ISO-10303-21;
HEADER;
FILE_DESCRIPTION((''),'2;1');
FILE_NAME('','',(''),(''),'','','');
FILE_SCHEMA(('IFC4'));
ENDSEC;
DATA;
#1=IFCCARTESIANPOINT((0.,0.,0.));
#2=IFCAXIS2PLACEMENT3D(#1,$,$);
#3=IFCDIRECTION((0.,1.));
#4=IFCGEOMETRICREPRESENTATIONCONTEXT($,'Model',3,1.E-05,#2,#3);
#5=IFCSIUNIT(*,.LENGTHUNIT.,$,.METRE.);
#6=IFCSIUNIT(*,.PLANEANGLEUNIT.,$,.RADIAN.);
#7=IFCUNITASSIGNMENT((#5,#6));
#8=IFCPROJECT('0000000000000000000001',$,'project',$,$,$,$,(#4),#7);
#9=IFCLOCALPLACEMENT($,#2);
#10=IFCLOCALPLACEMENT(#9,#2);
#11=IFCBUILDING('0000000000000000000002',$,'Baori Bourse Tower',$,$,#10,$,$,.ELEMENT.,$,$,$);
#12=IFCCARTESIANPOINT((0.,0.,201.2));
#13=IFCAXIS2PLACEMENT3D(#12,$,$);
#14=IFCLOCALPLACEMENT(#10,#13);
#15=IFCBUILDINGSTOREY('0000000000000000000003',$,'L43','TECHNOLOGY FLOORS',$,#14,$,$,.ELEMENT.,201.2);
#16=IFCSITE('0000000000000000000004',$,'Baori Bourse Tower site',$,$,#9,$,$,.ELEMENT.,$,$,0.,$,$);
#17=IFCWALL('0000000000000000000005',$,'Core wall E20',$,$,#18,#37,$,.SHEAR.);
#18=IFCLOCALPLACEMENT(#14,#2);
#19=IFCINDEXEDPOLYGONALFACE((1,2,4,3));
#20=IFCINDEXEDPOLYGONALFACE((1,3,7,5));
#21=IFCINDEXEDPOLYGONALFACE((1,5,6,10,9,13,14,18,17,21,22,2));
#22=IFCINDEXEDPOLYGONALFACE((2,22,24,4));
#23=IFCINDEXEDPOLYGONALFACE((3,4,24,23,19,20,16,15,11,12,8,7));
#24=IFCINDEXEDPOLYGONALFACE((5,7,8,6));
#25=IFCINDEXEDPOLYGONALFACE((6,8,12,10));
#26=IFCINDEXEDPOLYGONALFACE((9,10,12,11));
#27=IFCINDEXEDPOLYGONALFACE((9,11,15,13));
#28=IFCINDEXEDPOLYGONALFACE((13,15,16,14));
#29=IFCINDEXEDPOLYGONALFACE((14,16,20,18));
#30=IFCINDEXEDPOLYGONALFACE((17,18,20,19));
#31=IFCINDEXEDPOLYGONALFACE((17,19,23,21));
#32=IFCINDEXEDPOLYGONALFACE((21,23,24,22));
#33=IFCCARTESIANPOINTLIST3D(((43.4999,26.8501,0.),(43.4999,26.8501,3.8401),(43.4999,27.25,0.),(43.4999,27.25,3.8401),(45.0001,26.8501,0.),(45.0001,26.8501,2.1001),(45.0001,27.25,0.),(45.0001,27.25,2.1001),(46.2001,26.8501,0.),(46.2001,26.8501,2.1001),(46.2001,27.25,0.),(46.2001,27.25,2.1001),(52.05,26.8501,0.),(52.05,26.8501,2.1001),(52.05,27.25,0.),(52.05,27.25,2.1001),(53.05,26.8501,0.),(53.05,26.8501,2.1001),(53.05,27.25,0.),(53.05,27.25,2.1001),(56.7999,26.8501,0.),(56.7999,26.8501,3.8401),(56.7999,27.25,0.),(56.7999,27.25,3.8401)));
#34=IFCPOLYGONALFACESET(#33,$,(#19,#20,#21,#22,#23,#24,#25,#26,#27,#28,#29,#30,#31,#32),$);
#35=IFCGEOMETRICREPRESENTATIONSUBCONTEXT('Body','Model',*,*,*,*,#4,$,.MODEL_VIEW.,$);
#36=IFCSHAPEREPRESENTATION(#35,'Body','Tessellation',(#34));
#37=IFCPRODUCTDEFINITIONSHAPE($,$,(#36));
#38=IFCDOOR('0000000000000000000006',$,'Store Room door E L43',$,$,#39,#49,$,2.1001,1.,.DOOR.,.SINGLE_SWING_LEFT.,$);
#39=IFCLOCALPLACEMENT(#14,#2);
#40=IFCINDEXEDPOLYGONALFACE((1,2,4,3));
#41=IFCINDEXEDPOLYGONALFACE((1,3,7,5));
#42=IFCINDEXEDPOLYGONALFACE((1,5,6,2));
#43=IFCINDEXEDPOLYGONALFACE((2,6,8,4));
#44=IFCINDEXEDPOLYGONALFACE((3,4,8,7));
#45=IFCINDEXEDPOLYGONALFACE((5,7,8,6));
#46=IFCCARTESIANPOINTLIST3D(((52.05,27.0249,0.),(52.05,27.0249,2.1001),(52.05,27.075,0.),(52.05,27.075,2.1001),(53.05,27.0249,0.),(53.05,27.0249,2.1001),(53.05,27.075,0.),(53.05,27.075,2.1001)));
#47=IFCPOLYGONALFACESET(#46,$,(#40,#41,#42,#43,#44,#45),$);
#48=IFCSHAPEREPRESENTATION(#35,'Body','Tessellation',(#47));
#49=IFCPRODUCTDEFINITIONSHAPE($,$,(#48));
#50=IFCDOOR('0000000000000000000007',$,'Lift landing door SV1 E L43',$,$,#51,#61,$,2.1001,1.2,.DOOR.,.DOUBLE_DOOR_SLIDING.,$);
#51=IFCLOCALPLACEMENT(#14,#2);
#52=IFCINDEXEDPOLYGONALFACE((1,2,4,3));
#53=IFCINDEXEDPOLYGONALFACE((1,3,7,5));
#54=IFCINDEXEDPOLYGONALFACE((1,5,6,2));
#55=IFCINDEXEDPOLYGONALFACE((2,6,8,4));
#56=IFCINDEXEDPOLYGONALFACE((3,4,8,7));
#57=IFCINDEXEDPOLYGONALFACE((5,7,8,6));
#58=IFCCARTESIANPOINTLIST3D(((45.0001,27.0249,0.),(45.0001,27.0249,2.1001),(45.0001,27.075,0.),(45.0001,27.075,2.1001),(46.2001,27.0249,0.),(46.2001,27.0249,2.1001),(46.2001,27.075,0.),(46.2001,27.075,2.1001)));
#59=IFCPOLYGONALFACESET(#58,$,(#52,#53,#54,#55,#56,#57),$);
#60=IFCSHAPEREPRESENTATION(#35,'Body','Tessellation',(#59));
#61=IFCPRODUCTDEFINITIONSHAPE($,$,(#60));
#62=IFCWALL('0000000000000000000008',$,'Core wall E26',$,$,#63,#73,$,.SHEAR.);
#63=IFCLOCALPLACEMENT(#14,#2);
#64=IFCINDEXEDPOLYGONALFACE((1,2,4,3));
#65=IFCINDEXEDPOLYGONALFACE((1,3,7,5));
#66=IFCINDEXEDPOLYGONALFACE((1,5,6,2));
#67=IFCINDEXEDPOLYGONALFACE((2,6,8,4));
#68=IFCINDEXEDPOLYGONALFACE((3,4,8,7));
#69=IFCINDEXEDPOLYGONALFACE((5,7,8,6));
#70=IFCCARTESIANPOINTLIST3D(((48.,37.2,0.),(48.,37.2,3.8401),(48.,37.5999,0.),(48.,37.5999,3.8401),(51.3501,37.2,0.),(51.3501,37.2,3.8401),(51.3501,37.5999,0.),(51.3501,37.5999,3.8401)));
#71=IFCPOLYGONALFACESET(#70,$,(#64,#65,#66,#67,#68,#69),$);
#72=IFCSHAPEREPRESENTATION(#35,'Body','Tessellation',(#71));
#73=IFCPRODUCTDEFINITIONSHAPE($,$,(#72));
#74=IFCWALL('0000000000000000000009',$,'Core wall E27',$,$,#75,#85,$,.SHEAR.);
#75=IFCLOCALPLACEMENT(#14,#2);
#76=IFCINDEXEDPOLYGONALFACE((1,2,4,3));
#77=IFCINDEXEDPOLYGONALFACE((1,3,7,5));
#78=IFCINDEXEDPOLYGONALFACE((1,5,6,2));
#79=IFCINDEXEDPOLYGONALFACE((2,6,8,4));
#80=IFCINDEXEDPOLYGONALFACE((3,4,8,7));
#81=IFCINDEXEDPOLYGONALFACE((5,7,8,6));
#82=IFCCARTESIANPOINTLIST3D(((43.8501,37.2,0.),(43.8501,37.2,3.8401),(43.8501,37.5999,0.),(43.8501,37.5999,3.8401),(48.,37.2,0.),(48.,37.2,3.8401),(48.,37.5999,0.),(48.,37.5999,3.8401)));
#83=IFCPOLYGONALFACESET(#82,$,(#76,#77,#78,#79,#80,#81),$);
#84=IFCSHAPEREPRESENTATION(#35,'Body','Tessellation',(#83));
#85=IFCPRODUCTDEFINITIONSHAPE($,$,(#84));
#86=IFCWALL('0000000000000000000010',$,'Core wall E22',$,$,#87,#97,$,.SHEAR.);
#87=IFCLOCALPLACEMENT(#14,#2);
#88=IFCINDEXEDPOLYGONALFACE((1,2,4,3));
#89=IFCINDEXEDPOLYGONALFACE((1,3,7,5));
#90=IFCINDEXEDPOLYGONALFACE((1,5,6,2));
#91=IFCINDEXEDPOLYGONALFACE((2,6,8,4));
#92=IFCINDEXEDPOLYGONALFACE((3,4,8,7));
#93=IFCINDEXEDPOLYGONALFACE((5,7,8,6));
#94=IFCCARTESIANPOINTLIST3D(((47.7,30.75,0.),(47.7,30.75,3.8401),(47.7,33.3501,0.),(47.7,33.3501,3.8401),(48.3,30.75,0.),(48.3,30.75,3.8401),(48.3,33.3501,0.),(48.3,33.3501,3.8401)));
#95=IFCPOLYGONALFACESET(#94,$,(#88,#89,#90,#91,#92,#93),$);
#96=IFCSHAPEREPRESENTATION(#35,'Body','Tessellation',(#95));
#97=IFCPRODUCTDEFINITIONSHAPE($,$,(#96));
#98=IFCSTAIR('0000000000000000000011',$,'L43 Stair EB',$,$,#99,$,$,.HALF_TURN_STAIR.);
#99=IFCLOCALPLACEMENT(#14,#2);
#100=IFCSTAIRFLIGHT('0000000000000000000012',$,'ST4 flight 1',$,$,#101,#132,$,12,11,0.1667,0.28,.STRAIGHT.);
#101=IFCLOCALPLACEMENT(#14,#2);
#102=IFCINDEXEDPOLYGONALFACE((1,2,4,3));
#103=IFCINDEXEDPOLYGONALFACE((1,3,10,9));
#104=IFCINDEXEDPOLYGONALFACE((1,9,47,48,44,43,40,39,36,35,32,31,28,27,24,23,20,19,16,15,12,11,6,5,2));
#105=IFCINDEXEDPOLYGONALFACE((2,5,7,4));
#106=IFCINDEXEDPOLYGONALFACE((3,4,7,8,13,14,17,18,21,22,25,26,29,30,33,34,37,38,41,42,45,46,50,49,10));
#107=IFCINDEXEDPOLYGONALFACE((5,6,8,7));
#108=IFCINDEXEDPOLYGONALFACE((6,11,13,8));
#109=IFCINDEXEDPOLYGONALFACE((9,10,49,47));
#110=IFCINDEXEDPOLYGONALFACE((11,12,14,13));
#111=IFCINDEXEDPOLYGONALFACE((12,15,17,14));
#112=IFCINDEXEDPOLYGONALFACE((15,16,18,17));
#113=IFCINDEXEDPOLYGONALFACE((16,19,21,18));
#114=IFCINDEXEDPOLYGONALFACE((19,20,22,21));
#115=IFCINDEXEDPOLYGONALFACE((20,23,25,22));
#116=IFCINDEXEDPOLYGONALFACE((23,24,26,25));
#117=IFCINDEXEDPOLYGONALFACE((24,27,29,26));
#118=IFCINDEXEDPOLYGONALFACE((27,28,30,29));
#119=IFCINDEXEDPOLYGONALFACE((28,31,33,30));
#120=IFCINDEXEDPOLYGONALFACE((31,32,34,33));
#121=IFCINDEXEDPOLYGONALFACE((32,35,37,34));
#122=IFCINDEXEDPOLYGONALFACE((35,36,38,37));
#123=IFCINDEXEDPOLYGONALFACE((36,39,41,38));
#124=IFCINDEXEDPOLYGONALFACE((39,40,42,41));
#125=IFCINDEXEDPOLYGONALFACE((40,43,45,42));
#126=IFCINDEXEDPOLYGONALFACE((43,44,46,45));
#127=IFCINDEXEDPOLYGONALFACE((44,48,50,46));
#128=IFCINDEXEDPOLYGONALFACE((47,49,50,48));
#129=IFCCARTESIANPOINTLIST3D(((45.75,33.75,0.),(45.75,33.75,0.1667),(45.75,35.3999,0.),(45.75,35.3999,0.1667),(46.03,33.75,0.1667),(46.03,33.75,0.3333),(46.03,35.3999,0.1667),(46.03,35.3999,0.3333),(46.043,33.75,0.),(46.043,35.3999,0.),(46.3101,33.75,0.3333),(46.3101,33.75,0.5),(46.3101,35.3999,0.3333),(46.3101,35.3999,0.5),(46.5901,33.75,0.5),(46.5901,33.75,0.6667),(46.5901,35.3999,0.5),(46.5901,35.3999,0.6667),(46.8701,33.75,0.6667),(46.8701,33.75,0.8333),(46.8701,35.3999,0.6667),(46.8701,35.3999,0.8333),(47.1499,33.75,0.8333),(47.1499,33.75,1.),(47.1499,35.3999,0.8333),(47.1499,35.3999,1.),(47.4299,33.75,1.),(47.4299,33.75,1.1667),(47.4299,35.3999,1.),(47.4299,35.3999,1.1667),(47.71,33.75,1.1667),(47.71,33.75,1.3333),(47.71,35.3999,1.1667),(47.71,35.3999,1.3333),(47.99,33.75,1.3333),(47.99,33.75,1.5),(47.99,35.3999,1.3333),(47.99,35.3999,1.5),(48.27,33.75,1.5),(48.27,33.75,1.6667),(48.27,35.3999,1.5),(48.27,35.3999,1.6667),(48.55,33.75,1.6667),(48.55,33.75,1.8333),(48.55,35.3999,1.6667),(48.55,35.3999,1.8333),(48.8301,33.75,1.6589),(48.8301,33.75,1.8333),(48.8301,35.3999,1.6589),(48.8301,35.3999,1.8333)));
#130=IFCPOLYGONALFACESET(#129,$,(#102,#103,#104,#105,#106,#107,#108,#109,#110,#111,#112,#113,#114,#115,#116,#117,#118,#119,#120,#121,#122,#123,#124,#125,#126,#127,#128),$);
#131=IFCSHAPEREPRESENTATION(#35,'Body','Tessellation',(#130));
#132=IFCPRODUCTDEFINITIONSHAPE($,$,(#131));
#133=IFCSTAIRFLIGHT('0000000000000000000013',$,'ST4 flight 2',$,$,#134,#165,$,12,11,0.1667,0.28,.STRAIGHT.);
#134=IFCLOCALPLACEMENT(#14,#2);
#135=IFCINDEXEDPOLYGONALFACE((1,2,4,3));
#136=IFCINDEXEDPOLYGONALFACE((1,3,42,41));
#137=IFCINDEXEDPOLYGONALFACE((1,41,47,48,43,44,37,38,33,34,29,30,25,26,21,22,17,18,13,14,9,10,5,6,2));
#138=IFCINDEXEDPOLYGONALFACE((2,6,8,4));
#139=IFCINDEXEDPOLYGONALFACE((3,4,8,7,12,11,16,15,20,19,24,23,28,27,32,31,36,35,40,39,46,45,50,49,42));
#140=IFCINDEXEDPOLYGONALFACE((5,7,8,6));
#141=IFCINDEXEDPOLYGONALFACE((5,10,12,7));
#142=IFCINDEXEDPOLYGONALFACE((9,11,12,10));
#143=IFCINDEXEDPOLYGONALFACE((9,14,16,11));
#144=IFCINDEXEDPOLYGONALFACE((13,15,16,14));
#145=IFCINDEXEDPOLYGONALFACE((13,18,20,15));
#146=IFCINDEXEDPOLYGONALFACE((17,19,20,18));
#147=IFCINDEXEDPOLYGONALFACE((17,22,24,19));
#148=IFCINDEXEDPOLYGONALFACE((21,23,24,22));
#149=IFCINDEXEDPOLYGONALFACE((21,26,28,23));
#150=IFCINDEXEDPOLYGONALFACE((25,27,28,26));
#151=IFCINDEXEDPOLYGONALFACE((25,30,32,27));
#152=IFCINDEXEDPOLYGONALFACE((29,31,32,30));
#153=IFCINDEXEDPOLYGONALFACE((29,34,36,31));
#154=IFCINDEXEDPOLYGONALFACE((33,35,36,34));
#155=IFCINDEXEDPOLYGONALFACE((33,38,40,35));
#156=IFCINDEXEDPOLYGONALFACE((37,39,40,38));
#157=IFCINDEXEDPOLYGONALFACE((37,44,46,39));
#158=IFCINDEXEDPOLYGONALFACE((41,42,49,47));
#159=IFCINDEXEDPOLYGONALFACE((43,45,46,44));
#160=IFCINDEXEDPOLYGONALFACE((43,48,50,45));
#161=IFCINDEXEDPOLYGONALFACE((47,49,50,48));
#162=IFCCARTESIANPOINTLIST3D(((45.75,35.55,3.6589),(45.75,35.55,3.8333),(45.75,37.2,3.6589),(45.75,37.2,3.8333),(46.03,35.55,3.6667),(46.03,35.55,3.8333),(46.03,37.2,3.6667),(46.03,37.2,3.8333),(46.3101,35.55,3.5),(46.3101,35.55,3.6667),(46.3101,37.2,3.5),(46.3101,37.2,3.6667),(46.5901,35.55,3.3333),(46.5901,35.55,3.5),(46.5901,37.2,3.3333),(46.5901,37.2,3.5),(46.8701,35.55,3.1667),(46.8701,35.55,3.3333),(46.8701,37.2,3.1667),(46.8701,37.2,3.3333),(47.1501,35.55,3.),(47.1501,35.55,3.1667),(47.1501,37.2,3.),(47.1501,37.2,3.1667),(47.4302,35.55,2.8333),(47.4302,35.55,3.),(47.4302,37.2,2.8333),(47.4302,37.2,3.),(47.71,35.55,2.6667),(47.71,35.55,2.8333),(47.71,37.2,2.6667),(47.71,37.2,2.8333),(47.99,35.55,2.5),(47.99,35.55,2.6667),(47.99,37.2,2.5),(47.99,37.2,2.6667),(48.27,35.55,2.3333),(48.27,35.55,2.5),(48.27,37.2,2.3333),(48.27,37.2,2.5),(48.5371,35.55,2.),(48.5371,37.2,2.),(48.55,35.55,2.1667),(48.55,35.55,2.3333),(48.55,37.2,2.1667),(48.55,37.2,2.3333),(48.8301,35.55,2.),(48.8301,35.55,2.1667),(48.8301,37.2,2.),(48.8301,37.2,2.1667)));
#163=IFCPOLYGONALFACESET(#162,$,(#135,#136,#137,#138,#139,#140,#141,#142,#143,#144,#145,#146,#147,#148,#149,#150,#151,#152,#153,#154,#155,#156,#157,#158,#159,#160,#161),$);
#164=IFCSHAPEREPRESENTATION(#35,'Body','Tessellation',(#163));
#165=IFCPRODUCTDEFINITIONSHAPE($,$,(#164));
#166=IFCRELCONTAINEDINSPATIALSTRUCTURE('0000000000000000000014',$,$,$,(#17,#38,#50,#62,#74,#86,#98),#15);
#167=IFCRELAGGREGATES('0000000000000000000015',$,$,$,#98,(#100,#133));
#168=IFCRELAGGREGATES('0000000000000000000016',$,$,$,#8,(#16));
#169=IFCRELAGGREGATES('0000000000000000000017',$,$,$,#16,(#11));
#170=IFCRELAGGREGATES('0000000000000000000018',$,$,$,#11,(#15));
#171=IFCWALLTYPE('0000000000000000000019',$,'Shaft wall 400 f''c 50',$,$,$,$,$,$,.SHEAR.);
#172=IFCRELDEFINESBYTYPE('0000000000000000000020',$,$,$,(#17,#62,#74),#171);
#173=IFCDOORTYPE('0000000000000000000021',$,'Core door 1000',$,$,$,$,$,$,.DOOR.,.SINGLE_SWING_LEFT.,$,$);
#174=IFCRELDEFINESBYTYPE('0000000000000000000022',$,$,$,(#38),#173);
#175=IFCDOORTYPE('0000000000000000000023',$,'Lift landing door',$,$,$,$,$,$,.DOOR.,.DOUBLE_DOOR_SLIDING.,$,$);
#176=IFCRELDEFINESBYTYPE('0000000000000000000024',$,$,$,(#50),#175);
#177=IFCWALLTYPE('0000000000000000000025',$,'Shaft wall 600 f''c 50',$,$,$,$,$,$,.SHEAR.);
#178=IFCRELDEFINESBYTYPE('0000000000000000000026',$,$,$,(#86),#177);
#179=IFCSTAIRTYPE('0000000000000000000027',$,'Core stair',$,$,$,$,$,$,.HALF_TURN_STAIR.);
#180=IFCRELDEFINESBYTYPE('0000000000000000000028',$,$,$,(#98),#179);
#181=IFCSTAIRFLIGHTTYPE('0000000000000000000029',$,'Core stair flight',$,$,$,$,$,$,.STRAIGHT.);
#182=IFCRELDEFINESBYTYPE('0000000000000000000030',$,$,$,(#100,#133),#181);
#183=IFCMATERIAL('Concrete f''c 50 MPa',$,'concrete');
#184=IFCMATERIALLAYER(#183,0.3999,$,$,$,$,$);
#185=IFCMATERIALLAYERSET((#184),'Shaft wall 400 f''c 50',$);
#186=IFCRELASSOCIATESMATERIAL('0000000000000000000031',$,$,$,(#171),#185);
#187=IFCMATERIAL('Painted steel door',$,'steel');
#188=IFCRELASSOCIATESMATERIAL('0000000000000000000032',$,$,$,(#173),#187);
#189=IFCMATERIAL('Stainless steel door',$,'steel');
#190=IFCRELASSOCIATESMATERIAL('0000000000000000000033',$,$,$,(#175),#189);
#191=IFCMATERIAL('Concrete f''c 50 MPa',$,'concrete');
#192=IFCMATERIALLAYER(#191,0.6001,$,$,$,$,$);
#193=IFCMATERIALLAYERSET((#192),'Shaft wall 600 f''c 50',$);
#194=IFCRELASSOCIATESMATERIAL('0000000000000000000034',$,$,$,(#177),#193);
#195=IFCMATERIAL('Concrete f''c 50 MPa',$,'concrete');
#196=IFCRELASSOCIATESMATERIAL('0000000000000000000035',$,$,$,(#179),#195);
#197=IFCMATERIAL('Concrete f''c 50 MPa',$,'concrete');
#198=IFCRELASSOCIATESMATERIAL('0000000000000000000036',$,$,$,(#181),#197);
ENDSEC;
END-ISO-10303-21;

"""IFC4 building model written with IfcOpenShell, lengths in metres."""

from ifc_helpers import new_model, si_unit, direction, frame, frame_2d, origin, place, context, subcontext, project, spatial, polyline, rectangle, outline, extrude, material, layer, layer_set, type_object, element, fill, aggregate, save


model = new_model("IFC4")

# Units and contexts
model_context = context("Model", 3, precision=1e-05, world=origin(), true_north=direction((0.0, 1.0)))
body_context = subcontext(model_context, "Body", "Model", "MODEL_VIEW")
ifc_project = project(units=[si_unit("LENGTHUNIT", "METRE"), si_unit("PLANEANGLEUNIT", "RADIAN")], contexts=[model_context])

# Site, building, storey
site_placement = place(None, origin())
site = spatial("IfcSite", under=ifc_project, at=site_placement, Name="Baori Bourse Tower site", CompositionType="ELEMENT", RefElevation=0.0)
building_placement = place(site_placement, origin())
building = spatial("IfcBuilding", under=site, at=building_placement, Name="Baori Bourse Tower", CompositionType="ELEMENT")
storey_placement = place(building_placement, frame((0.0, 0.0, 201.2)))
storey = spatial("IfcBuildingStorey", under=building, at=storey_placement, Name="L43", Description="TECHNOLOGY FLOORS", CompositionType="ELEMENT", Elevation=201.2)

# Wall, openings, doors
ifc_material_1 = material(Name="Concrete f'c 50 MPa", Category="concrete")
ifc_layer_1 = layer(ifc_material_1, 0.3999)
ifc_layer_set_1 = layer_set([ifc_layer_1], Name="Shaft wall 400 f'c 50")
wall_type_1 = type_object("IfcWallType", Name="Shaft wall 400 f'c 50", PredefinedType="SHEAR", material=ifc_layer_set_1)
wall_1_placement = place(storey_placement, frame((43.5, 27.05, 0.0), z_axis=(0.0, 0.0, 1.0), x_axis=(1.0, 0.0, 0.0)))
wall_1 = element("IfcWall", 1, at=wall_1_placement, inside=storey, type_object=wall_type_1, Name="Core wall E20", PredefinedType="SHEAR", context=body_context, shape_type="SweptSolid", body=[
    extrude(rectangle(XDim=13.3, YDim=0.3999, at=frame_2d((6.6499, 0.0))), origin(), (0.0, 0.0, 1.0), 3.8401),
])
opening_1_placement = place(wall_1_placement, frame((8.55, 0.0, 0.0)))
opening_1 = element("IfcOpeningElement", 2, at=opening_1_placement, cuts=wall_1, PredefinedType="OPENING", context=body_context, shape_type="SweptSolid", body=[
    extrude(rectangle(XDim=1.0, YDim=2.1001, at=frame_2d((0.5, 1.05))), frame((0.0, 0.21, 0.0), z_axis=(0.0, -1.0, 0.0), x_axis=(1.0, 0.0, 0.0)), (0.0, 0.0, 1.0), 0.4199),
])
opening_2_placement = place(wall_1_placement, frame((1.5, 0.0, 0.0)))
opening_2 = element("IfcOpeningElement", 3, at=opening_2_placement, cuts=wall_1, PredefinedType="OPENING", context=body_context, shape_type="SweptSolid", body=[
    extrude(rectangle(XDim=1.2, YDim=2.1001, at=frame_2d((0.6001, 1.05))), frame((0.0, 0.21, 0.0), z_axis=(0.0, -1.0, 0.0), x_axis=(1.0, 0.0, 0.0)), (0.0, 0.0, 1.0), 0.4199),
])
ifc_material_2 = material(Name="Painted steel door", Category="steel")
door_type_1 = type_object("IfcDoorType", Name="Core door 1000", OperationType="SINGLE_SWING_LEFT", PredefinedType="DOOR", material=ifc_material_2)
door_1_placement = place(opening_1_placement, origin())
door_1 = element("IfcDoor", 4, at=door_1_placement, inside=storey, type_object=door_type_1, Name="Store Room door E L43", OperationType="SINGLE_SWING_LEFT", OverallHeight=2.1001, OverallWidth=1.0, PredefinedType="DOOR", context=body_context, shape_type="SweptSolid", body=[
    extrude(rectangle(XDim=1.0, YDim=2.1001, at=frame_2d((0.5, 1.05))), frame((0.0, 0.0249, 0.0), z_axis=(0.0, -1.0, 0.0), x_axis=(1.0, 0.0, 0.0)), (0.0, 0.0, 1.0), 0.05),
])
fill(opening_1, door_1)
ifc_material_3 = material(Name="Stainless steel door", Category="steel")
door_type_2 = type_object("IfcDoorType", Name="Lift landing door", OperationType="DOUBLE_DOOR_SLIDING", PredefinedType="DOOR", material=ifc_material_3)
door_2_placement = place(opening_2_placement, origin())
door_2 = element("IfcDoor", 5, at=door_2_placement, inside=storey, type_object=door_type_2, Name="Lift landing door SV1 E L43", OperationType="DOUBLE_DOOR_SLIDING", OverallHeight=2.1001, OverallWidth=1.2, PredefinedType="DOOR", context=body_context, shape_type="SweptSolid", body=[
    extrude(rectangle(XDim=1.2, YDim=2.1001, at=frame_2d((0.6001, 1.05))), frame((0.0, 0.0249, 0.0), z_axis=(0.0, -1.0, 0.0), x_axis=(1.0, 0.0, 0.0)), (0.0, 0.0, 1.0), 0.05),
])
fill(opening_2, door_2)

# Walls
wall_2_placement = place(storey_placement, frame((48.0, 37.3999, 0.0), z_axis=(0.0, 0.0, 1.0), x_axis=(1.0, 0.0, 0.0)))
element("IfcWall", 6, at=wall_2_placement, inside=storey, type_object=wall_type_1, Name="Core wall E26", PredefinedType="SHEAR", context=body_context, shape_type="SweptSolid", body=[
    extrude(rectangle(XDim=3.3501, YDim=0.3999, at=frame_2d((1.675, 0.0))), origin(), (0.0, 0.0, 1.0), 3.8401),
])
wall_3_placement = place(storey_placement, frame((43.8501, 37.3999, 0.0), z_axis=(0.0, 0.0, 1.0), x_axis=(1.0, 0.0, 0.0)))
element("IfcWall", 7, at=wall_3_placement, inside=storey, type_object=wall_type_1, Name="Core wall E27", PredefinedType="SHEAR", context=body_context, shape_type="SweptSolid", body=[
    extrude(rectangle(XDim=4.1499, YDim=0.3999, at=frame_2d((2.075, 0.0))), origin(), (0.0, 0.0, 1.0), 3.8401),
])
ifc_material_4 = material(Name="Concrete f'c 50 MPa", Category="concrete")
ifc_layer_2 = layer(ifc_material_4, 0.6001)
ifc_layer_set_2 = layer_set([ifc_layer_2], Name="Shaft wall 600 f'c 50")
wall_type_2 = type_object("IfcWallType", Name="Shaft wall 600 f'c 50", PredefinedType="SHEAR", material=ifc_layer_set_2)
wall_4_placement = place(storey_placement, frame((48.0, 30.75, 0.0), z_axis=(0.0, 0.0, 1.0), x_axis=(0.0, 1.0, 0.0)))
element("IfcWall", 8, at=wall_4_placement, inside=storey, type_object=wall_type_2, Name="Core wall E22", PredefinedType="SHEAR", context=body_context, shape_type="SweptSolid", body=[
    extrude(rectangle(XDim=2.6001, YDim=0.6001, at=frame_2d((1.3, 0.0))), origin(), (0.0, 0.0, 1.0), 3.8401),
])

# Stair, stair flights
ifc_material_5 = material(Name="Concrete f'c 50 MPa", Category="concrete")
stair_type = type_object("IfcStairType", Name="Core stair", PredefinedType="HALF_TURN_STAIR", material=ifc_material_5)
stair_placement = place(storey_placement, origin())
stair = element("IfcStair", 9, at=stair_placement, inside=storey, type_object=stair_type, Name="L43 Stair EB", PredefinedType="HALF_TURN_STAIR")
ifc_material_6 = material(Name="Concrete f'c 50 MPa", Category="concrete")
stair_flight_type = type_object("IfcStairFlightType", Name="Core stair flight", PredefinedType="STRAIGHT", material=ifc_material_6)
stair_flight_1_placement = place(storey_placement, frame((45.75, 34.575, 0.0), z_axis=(0.0, 0.0, 1.0), x_axis=(1.0, 0.0, 0.0)))
stair_flight_1 = element("IfcStairFlight", 10, at=stair_flight_1_placement, type_object=stair_flight_type, Name="ST4 flight 1", NumberOfRisers=12, NumberOfTreads=11, PredefinedType="STRAIGHT", RiserHeight=0.1667, TreadLength=0.28, context=body_context, shape_type="SweptSolid", body=[
    extrude(outline(polyline([(0.0, 0.0), (0.0, 0.1667), (0.28, 0.1667), (0.28, 0.3333), (0.5601, 0.3333), (0.5601, 0.5), (0.8401, 0.5), (0.8401, 0.6667), (1.1201, 0.6667), (1.1201, 0.8333), (1.3999, 0.8333), (1.3999, 1.0), (1.6799, 1.0), (1.6799, 1.1667), (1.96, 1.1667), (1.96, 1.3333), (2.24, 1.3333), (2.24, 1.5), (2.52, 1.5), (2.52, 1.6667), (2.8, 1.6667), (2.8, 1.8333), (3.0801, 1.8333), (3.0801, 2.0), (3.0801, 1.6589), (0.293, 0.0), (0.0, 0.0)])), frame((0.0, 0.825, 0.0), z_axis=(0.0, -1.0, 0.0), x_axis=(1.0, 0.0, 0.0)), (0.0, 0.0, 1.0), 1.6499),
])
stair_flight_2_placement = place(storey_placement, frame((48.8301, 36.375, 2.0), z_axis=(0.0, 0.0, 1.0), x_axis=(-1.0, 0.0, 0.0)))
stair_flight_2 = element("IfcStairFlight", 11, at=stair_flight_2_placement, type_object=stair_flight_type, Name="ST4 flight 2", NumberOfRisers=12, NumberOfTreads=11, PredefinedType="STRAIGHT", RiserHeight=0.1667, TreadLength=0.28, context=body_context, shape_type="SweptSolid", body=[
    extrude(outline(polyline([(0.0, 0.0), (0.0, 0.1667), (0.28, 0.1667), (0.28, 0.3333), (0.5601, 0.3333), (0.5601, 0.5), (0.8401, 0.5), (0.8401, 0.6667), (1.1201, 0.6667), (1.1201, 0.8333), (1.3999, 0.8333), (1.3999, 1.0), (1.6799, 1.0), (1.6799, 1.1667), (1.96, 1.1667), (1.96, 1.3333), (2.24, 1.3333), (2.24, 1.5), (2.52, 1.5), (2.52, 1.6667), (2.8, 1.6667), (2.8, 1.8333), (3.0801, 1.8333), (3.0801, 2.0), (3.0801, 1.6589), (0.293, 0.0), (0.0, 0.0)])), frame((0.0, 0.825, 0.0), z_axis=(0.0, -1.0, 0.0), x_axis=(1.0, 0.0, 0.0)), (0.0, 0.0, 1.0), 1.6499),
])
aggregate(stair, [stair_flight_1, stair_flight_2])

save(model, "model.ifc")
